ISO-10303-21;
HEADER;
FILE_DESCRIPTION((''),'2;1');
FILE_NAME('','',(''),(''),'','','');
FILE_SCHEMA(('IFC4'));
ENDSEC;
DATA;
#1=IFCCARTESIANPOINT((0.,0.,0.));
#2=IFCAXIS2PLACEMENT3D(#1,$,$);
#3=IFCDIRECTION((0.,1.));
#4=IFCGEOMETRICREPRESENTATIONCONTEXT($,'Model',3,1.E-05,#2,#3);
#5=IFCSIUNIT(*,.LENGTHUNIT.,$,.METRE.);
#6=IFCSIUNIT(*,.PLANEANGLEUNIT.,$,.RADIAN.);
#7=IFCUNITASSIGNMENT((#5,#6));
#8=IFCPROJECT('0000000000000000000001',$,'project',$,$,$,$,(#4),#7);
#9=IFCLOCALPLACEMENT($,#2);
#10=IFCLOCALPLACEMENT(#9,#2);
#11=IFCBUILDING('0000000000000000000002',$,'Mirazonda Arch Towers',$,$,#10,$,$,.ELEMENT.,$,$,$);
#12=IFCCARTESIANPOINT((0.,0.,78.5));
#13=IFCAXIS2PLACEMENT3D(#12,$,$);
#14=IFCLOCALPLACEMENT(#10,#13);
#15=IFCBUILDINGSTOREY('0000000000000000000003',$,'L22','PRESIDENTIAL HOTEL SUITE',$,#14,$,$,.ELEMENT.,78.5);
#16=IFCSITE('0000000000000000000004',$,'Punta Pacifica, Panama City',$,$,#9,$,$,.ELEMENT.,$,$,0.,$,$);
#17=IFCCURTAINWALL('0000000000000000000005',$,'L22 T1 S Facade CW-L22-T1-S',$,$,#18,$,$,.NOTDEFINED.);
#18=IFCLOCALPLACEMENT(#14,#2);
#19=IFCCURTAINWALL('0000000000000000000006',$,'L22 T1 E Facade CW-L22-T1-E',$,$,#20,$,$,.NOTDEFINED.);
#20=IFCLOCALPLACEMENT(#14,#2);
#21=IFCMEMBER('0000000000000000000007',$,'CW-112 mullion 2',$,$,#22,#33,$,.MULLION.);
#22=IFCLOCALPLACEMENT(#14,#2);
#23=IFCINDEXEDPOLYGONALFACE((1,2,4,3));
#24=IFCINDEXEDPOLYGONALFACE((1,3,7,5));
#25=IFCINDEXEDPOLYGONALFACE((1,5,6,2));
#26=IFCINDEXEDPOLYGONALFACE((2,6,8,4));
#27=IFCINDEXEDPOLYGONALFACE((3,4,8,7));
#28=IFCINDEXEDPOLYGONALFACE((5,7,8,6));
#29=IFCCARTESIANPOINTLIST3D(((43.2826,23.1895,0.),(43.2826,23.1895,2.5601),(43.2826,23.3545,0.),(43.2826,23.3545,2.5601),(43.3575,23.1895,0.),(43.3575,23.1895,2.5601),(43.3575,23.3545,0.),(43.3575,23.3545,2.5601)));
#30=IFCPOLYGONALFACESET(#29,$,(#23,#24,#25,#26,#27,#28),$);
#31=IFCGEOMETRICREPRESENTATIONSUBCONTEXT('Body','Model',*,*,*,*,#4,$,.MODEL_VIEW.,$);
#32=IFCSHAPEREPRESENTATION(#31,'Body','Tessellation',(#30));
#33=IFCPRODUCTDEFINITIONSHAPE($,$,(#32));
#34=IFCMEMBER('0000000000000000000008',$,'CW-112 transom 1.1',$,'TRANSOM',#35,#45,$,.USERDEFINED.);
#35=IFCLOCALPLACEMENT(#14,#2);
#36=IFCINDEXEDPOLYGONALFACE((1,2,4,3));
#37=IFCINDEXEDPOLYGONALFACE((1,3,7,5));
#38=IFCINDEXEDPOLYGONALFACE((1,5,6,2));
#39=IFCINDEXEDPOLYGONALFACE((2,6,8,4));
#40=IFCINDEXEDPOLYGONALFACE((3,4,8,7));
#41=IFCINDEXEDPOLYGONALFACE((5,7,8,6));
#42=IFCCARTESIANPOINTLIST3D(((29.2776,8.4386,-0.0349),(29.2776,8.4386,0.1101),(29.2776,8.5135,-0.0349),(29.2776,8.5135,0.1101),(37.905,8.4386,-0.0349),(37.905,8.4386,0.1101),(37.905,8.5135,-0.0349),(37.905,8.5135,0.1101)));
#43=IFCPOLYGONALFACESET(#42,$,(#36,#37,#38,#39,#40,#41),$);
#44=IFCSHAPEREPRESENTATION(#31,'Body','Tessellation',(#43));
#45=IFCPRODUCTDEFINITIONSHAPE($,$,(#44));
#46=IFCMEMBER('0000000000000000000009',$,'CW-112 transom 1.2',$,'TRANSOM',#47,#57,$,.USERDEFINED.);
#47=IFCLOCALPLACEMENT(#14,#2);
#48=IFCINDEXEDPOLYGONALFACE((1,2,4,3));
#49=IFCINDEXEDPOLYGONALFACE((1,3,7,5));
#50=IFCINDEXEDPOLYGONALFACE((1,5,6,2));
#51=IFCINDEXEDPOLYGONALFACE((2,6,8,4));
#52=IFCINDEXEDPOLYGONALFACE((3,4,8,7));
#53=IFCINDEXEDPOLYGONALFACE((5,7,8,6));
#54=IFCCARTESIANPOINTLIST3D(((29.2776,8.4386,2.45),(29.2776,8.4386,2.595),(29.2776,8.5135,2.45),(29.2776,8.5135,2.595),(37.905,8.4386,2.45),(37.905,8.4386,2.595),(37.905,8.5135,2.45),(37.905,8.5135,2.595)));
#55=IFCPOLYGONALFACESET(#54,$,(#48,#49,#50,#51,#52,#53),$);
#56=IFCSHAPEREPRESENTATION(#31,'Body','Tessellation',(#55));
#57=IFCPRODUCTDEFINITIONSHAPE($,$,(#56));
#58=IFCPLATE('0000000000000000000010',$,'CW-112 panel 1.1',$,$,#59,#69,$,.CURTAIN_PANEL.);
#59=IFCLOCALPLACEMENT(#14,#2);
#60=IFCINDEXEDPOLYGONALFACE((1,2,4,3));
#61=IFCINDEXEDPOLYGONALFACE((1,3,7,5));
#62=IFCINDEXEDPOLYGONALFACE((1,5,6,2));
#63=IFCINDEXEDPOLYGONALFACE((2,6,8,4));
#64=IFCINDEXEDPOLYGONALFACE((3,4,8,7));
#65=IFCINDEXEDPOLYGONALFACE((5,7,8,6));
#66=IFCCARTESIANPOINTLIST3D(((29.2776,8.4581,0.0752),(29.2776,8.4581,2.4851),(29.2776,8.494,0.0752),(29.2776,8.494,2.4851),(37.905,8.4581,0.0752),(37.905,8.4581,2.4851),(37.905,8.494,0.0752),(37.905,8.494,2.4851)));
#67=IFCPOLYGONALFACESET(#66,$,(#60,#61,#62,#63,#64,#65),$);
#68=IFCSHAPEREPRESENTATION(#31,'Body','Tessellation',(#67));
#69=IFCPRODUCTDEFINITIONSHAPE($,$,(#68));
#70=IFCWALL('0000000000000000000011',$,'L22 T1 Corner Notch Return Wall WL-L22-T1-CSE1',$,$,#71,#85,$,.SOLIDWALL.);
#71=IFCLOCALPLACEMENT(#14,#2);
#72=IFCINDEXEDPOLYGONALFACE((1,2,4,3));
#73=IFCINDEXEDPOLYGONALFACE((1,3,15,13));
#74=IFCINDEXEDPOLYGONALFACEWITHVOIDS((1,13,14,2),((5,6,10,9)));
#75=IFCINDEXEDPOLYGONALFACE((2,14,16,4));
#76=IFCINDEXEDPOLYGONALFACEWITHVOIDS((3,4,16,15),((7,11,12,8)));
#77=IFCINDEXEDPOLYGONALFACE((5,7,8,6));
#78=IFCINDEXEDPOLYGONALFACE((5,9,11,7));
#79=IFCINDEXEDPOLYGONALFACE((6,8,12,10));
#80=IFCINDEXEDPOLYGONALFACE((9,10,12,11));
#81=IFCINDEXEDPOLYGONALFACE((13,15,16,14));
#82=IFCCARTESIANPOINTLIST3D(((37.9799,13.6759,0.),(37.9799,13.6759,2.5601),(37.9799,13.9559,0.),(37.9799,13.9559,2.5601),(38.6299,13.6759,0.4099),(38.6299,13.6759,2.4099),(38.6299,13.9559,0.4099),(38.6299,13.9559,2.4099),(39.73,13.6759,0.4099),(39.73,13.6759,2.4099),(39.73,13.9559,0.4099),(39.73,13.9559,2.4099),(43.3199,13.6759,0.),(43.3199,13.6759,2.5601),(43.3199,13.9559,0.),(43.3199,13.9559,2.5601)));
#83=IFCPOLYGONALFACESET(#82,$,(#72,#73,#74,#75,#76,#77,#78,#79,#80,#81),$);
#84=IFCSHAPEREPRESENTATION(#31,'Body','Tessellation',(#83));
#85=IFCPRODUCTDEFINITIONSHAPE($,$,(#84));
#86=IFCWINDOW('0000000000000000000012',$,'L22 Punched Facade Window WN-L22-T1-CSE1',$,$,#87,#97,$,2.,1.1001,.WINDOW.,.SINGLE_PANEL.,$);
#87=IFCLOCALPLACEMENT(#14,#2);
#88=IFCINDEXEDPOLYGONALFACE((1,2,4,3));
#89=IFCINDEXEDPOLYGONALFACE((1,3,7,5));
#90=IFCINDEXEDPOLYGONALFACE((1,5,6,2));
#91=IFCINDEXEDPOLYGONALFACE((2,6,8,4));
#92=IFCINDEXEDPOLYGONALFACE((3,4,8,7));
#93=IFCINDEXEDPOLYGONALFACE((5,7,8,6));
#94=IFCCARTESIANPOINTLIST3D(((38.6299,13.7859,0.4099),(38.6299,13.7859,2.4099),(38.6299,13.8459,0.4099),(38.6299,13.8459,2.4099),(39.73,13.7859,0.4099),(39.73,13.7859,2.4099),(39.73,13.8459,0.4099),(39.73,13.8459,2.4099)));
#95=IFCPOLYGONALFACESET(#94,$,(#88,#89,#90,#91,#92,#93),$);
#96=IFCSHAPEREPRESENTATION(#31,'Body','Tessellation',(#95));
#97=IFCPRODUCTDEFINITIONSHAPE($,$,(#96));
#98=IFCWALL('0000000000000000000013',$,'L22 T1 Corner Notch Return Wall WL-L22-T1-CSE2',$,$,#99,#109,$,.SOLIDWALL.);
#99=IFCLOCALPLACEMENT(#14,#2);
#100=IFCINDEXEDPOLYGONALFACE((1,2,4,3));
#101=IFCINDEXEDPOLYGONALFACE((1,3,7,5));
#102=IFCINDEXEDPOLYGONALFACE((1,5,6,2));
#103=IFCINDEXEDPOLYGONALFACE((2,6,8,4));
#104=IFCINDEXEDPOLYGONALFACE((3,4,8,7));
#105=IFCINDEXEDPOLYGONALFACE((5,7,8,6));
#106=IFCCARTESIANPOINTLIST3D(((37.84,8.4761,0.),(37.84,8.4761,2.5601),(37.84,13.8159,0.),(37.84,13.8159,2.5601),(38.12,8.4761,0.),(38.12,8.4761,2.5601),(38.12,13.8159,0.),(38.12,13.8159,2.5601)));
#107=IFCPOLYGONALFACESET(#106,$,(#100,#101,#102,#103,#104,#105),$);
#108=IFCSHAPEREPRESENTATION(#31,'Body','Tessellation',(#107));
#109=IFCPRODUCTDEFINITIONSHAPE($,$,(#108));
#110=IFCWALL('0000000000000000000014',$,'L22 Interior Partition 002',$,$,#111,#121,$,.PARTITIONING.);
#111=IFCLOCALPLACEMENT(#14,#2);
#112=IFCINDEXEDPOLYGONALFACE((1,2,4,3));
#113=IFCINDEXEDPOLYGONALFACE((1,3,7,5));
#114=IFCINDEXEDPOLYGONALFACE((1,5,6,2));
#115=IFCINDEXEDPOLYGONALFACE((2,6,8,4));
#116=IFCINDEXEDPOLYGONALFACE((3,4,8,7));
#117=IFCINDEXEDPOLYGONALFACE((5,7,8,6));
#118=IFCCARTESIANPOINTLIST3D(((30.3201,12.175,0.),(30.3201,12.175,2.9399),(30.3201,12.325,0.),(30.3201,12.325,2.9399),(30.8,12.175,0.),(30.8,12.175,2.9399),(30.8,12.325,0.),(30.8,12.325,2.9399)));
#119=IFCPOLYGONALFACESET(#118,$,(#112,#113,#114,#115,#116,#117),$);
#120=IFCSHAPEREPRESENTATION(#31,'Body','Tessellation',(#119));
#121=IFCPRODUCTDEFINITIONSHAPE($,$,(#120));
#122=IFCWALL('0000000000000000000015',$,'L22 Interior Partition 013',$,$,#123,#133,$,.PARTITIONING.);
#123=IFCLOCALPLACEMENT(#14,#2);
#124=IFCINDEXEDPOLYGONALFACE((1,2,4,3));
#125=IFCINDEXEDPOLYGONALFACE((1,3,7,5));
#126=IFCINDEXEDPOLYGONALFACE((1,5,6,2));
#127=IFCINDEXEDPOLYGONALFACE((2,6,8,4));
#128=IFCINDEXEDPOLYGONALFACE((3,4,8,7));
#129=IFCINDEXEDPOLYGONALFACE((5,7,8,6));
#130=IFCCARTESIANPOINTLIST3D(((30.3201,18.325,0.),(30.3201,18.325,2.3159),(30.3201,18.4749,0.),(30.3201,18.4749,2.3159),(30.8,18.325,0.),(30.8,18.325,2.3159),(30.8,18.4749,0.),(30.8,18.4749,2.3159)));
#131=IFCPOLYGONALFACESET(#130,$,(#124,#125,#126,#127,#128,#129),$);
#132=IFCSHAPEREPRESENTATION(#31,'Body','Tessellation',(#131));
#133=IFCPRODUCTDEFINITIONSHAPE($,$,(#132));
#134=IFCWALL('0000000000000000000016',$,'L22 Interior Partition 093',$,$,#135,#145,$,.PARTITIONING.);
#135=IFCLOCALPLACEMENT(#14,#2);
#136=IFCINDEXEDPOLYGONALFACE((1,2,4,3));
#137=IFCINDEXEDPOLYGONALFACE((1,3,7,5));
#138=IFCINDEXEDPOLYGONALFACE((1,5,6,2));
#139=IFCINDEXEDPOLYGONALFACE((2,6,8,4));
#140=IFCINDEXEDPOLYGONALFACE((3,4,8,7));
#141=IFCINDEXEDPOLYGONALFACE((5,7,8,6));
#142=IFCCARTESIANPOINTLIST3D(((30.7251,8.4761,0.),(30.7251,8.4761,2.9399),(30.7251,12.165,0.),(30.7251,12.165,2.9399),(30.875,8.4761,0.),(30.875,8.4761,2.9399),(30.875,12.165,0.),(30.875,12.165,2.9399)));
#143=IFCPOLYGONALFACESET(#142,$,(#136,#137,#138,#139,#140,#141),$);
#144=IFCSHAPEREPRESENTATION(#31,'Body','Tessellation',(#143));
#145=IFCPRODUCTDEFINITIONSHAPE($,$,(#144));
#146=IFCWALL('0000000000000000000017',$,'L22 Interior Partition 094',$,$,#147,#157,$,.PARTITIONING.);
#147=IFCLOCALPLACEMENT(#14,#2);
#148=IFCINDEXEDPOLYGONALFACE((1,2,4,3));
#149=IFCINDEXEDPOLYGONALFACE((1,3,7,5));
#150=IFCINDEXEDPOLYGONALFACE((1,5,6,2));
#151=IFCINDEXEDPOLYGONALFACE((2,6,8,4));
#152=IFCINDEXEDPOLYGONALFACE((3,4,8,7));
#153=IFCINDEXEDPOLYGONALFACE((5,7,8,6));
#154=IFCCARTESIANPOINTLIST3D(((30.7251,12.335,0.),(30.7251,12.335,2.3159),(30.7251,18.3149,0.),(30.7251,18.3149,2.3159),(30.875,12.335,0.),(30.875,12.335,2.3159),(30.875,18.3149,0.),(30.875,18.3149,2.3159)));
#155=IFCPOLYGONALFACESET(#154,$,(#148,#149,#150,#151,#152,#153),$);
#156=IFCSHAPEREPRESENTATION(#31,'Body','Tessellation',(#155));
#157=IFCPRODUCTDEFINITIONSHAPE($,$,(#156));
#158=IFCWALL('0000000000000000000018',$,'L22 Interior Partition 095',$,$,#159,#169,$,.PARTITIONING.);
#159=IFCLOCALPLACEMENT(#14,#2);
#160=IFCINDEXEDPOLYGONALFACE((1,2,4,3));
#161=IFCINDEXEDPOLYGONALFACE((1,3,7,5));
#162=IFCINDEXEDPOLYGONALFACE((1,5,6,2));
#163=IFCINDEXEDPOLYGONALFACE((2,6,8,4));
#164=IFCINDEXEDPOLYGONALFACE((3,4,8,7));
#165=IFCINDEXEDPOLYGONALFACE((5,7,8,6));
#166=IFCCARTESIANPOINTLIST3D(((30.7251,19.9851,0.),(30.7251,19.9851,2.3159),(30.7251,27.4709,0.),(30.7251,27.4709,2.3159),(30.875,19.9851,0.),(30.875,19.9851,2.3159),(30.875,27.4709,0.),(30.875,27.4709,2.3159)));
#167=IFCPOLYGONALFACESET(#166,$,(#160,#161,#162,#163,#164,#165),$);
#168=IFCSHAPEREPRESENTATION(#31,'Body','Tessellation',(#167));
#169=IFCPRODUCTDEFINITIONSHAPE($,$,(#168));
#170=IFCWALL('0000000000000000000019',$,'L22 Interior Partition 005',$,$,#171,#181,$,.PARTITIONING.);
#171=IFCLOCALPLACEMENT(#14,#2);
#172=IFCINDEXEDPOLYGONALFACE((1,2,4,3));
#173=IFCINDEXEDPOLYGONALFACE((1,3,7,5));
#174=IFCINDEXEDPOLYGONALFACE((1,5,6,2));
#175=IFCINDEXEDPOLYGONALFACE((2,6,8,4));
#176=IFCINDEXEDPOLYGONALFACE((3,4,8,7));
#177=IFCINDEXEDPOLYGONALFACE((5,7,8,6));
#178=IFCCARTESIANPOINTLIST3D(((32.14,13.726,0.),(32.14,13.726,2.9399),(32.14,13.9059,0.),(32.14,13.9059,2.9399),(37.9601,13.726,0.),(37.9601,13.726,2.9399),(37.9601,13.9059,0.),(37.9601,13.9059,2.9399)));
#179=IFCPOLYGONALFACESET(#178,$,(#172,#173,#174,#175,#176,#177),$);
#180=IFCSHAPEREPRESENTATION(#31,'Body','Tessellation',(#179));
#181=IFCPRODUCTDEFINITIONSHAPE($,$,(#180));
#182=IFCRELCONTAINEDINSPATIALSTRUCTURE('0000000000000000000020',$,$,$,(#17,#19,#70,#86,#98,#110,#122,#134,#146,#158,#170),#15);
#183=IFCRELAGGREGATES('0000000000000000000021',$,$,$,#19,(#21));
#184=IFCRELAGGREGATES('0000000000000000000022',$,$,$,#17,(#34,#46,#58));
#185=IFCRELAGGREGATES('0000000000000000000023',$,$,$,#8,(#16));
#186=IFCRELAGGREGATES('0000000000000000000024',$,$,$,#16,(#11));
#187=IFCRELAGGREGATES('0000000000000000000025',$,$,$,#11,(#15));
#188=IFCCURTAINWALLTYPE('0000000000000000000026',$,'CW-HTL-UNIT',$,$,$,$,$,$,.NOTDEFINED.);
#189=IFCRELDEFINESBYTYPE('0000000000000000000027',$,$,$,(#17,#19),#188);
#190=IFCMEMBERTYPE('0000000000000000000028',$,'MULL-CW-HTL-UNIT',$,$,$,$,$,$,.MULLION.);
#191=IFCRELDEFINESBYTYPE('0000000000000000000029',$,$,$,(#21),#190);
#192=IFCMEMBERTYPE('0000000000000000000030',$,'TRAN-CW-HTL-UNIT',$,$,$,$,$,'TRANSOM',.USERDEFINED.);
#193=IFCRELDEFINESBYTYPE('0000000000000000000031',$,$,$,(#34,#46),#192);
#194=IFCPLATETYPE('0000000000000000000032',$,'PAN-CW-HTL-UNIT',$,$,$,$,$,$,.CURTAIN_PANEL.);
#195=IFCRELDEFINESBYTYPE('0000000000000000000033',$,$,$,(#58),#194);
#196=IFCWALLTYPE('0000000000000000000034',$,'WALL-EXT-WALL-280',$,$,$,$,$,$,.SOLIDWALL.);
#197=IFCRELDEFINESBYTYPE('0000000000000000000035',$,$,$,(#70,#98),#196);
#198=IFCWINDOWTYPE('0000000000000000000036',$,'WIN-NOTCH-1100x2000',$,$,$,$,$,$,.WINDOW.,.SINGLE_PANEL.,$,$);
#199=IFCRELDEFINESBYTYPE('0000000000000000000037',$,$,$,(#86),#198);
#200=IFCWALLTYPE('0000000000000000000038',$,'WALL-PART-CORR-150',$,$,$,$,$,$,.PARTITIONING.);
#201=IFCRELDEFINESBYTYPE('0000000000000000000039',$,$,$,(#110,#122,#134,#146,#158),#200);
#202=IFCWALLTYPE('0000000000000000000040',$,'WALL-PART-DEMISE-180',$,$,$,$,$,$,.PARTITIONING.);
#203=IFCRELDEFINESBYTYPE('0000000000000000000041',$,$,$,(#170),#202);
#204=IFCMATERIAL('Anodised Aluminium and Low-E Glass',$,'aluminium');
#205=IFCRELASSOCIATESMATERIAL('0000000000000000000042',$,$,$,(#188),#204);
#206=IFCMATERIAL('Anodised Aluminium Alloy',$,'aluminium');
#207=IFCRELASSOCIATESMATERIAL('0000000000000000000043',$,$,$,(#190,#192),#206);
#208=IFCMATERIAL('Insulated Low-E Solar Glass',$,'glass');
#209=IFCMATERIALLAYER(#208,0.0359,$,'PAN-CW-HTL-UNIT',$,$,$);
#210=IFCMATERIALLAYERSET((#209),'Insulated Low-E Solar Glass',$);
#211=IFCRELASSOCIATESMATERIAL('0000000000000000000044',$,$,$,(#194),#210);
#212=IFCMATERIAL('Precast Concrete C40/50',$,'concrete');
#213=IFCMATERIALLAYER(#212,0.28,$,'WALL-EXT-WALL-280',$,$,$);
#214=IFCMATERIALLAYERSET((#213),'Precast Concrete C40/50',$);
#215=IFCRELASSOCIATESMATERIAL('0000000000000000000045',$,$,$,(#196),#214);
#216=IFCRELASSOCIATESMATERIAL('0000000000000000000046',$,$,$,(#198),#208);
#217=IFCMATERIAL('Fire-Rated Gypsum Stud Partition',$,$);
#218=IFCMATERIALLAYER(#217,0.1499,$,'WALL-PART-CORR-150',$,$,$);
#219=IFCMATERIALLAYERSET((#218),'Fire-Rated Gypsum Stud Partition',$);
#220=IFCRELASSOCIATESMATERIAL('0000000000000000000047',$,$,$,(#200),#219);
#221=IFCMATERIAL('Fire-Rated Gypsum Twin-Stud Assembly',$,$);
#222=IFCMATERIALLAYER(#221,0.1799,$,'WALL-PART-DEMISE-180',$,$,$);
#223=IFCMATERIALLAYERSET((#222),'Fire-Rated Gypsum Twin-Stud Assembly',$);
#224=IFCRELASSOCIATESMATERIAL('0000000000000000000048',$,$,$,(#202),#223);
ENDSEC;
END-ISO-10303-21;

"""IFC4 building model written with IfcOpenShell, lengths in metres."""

from ifc_helpers import new_model, si_unit, direction, frame, frame_2d, origin, origin_2d, place, context, subcontext, project, spatial, rectangle, extrude, material, layer, layer_set, material_profile, profile_set, type_object, element, fill, aggregate, save


model = new_model("IFC4")

# Units and contexts
model_context = context("Model", 3, precision=1e-05, world=origin(), true_north=direction((0.0, 1.0)))
body_context = subcontext(model_context, "Body", "Model", "MODEL_VIEW")
ifc_project = project(units=[si_unit("LENGTHUNIT", "METRE"), si_unit("PLANEANGLEUNIT", "RADIAN")], contexts=[model_context])

# Site, building, storey
site_placement = place(None, origin())
site = spatial("IfcSite", under=ifc_project, at=site_placement, Name="Punta Pacifica, Panama City", CompositionType="ELEMENT", RefElevation=0.0)
building_placement = place(site_placement, origin())
building = spatial("IfcBuilding", under=site, at=building_placement, Name="Mirazonda Arch Towers", CompositionType="ELEMENT")
storey_placement = place(building_placement, frame((0.0, 0.0, 78.5)))
storey = spatial("IfcBuildingStorey", under=building, at=storey_placement, Name="L22", Description="PRESIDENTIAL HOTEL SUITE", CompositionType="ELEMENT", Elevation=78.5)

# Curtain wall
ifc_material_1 = material(Name="Anodised Aluminium and Low-E Glass", Category="aluminium")
curtain_wall_type = type_object("IfcCurtainWallType", Name="CW-HTL-UNIT", PredefinedType="NOTDEFINED", material=ifc_material_1)
curtain_wall_1_placement = place(storey_placement, origin())
curtain_wall_1 = element("IfcCurtainWall", 1, at=curtain_wall_1_placement, inside=storey, type_object=curtain_wall_type, Name="L22 T1 S Facade CW-L22-T1-S", PredefinedType="NOTDEFINED")
ifc_material_2 = material(Name="Anodised Aluminium Alloy", Category="aluminium")
ifc_material_profile_1 = material_profile(ifc_material_2, rectangle(XDim=0.075, YDim=0.165, at=origin_2d()), Name="ALU-MULL-75x165")
ifc_profile_set_1 = profile_set([ifc_material_profile_1], Name="Anodised Aluminium Alloy")
member_type_1 = type_object("IfcMemberType", Name="MULL-CW-HTL-UNIT", PredefinedType="MULLION", material=ifc_profile_set_1)

# Curtain wall, member
curtain_wall_2_placement = place(storey_placement, origin())
curtain_wall_2 = element("IfcCurtainWall", 2, at=curtain_wall_2_placement, inside=storey, type_object=curtain_wall_type, Name="L22 T1 E Facade CW-L22-T1-E", PredefinedType="NOTDEFINED")
member_1_placement = place(storey_placement, frame((43.3201, 23.272, 0.0), z_axis=(0.0, 0.0, 1.0), x_axis=(-1.0, 0.0, 0.0)))
member_1 = element("IfcMember", 3, at=member_1_placement, type_object=member_type_1, Name="CW-112 mullion 2", PredefinedType="MULLION", context=body_context, shape_type="SweptSolid", body=[
    extrude(rectangle(XDim=0.075, YDim=0.165, at=origin_2d()), origin(), (0.0, 0.0, 1.0), 2.5601),
])
aggregate(curtain_wall_2, [member_1])

# Members
ifc_material_profile_2 = material_profile(ifc_material_2, rectangle(XDim=0.075, YDim=0.145, at=origin_2d()), Name="ALU-TRAN-75x145")
ifc_profile_set_2 = profile_set([ifc_material_profile_2], Name="Anodised Aluminium Alloy")
member_type_2 = type_object("IfcMemberType", Name="TRAN-CW-HTL-UNIT", ElementType="TRANSOM", PredefinedType="USERDEFINED", material=ifc_profile_set_2)
member_2_placement = place(storey_placement, frame((37.905, 8.4761, 0.0376), z_axis=(-1.0, 0.0, 0.0), x_axis=(0.0, -1.0, 0.0)))
member_2 = element("IfcMember", 4, at=member_2_placement, type_object=member_type_2, Name="CW-112 transom 1.1", ObjectType="TRANSOM", PredefinedType="USERDEFINED", context=body_context, shape_type="SweptSolid", body=[
    extrude(rectangle(XDim=0.075, YDim=0.145, at=origin_2d()), origin(), (0.0, 0.0, 1.0), 8.6274),
])
member_3_placement = place(storey_placement, frame((37.905, 8.4761, 2.5225), z_axis=(-1.0, 0.0, 0.0), x_axis=(0.0, -1.0, 0.0)))
member_3 = element("IfcMember", 5, at=member_3_placement, type_object=member_type_2, Name="CW-112 transom 1.2", ObjectType="TRANSOM", PredefinedType="USERDEFINED", context=body_context, shape_type="SweptSolid", body=[
    extrude(rectangle(XDim=0.075, YDim=0.145, at=origin_2d()), origin(), (0.0, 0.0, 1.0), 8.6274),
])

# Plate
ifc_material_3 = material(Name="Insulated Low-E Solar Glass", Category="glass")
ifc_layer_1 = layer(ifc_material_3, 0.0359, Name="PAN-CW-HTL-UNIT")
ifc_layer_set_1 = layer_set([ifc_layer_1], Name="Insulated Low-E Solar Glass")
plate_type = type_object("IfcPlateType", Name="PAN-CW-HTL-UNIT", PredefinedType="CURTAIN_PANEL", material=ifc_layer_set_1)
plate_placement = place(storey_placement, frame((33.5913, 8.4761, 0.0752), z_axis=(0.0, 0.0, 1.0), x_axis=(-1.0, 0.0, 0.0)))
plate = element("IfcPlate", 6, at=plate_placement, type_object=plate_type, Name="CW-112 panel 1.1", PredefinedType="CURTAIN_PANEL", context=body_context, shape_type="SweptSolid", body=[
    extrude(rectangle(XDim=8.6274, YDim=0.0359, at=origin_2d()), origin(), (0.0, 0.0, 1.0), 2.4099),
])
aggregate(curtain_wall_1, [member_2, member_3, plate])

# Wall, opening, window
ifc_material_4 = material(Name="Precast Concrete C40/50", Category="concrete")
ifc_layer_2 = layer(ifc_material_4, 0.28, Name="WALL-EXT-WALL-280")
ifc_layer_set_2 = layer_set([ifc_layer_2], Name="Precast Concrete C40/50")
wall_type_1 = type_object("IfcWallType", Name="WALL-EXT-WALL-280", PredefinedType="SOLIDWALL", material=ifc_layer_set_2)
wall_1_placement = place(storey_placement, frame((37.98, 13.8159, 0.0), z_axis=(0.0, 0.0, 1.0), x_axis=(1.0, 0.0, 0.0)))
wall_1 = element("IfcWall", 7, at=wall_1_placement, inside=storey, type_object=wall_type_1, Name="L22 T1 Corner Notch Return Wall WL-L22-T1-CSE1", PredefinedType="SOLIDWALL", context=body_context, shape_type="SweptSolid", body=[
    extrude(rectangle(XDim=5.3401, YDim=0.28, at=frame_2d((2.6699, 0.0))), origin(), (0.0, 0.0, 1.0), 2.5601),
])
opening_1_placement = place(wall_1_placement, frame((0.6499, 0.0, 0.4099)))
opening_1 = element("IfcOpeningElement", 8, at=opening_1_placement, cuts=wall_1, PredefinedType="OPENING", context=body_context, shape_type="SweptSolid", body=[
    extrude(rectangle(XDim=1.1001, YDim=2.0, at=frame_2d((0.55, 1.0))), frame((0.0, 0.1499, 0.0), z_axis=(0.0, -1.0, 0.0), x_axis=(1.0, 0.0, 0.0)), (0.0, 0.0, 1.0), 0.3),
])
window_type = type_object("IfcWindowType", Name="WIN-NOTCH-1100x2000", PartitioningType="SINGLE_PANEL", PredefinedType="WINDOW", material=ifc_material_3)
window_placement = place(opening_1_placement, origin())
window = element("IfcWindow", 9, at=window_placement, inside=storey, type_object=window_type, Name="L22 Punched Facade Window WN-L22-T1-CSE1", OverallHeight=2.0, OverallWidth=1.1001, PartitioningType="SINGLE_PANEL", PredefinedType="WINDOW", context=body_context, shape_type="SweptSolid", body=[
    extrude(rectangle(XDim=1.1001, YDim=2.0, at=frame_2d((0.55, 1.0))), frame((0.0, 0.03, 0.0), z_axis=(0.0, -1.0, 0.0), x_axis=(1.0, 0.0, 0.0)), (0.0, 0.0, 1.0), 0.0601),
])
fill(opening_1, window)

# Walls
wall_2_placement = place(storey_placement, frame((37.98, 8.4761, 0.0), z_axis=(0.0, 0.0, 1.0), x_axis=(0.0, 1.0, 0.0)))
element("IfcWall", 10, at=wall_2_placement, inside=storey, type_object=wall_type_1, Name="L22 T1 Corner Notch Return Wall WL-L22-T1-CSE2", PredefinedType="SOLIDWALL", context=body_context, shape_type="SweptSolid", body=[
    extrude(rectangle(XDim=5.3398, YDim=0.28, at=frame_2d((2.6699, 0.0))), origin(), (0.0, 0.0, 1.0), 2.5601),
])
ifc_material_5 = material(Name="Fire-Rated Gypsum Stud Partition")
ifc_layer_3 = layer(ifc_material_5, 0.1499, Name="WALL-PART-CORR-150")
ifc_layer_set_3 = layer_set([ifc_layer_3], Name="Fire-Rated Gypsum Stud Partition")
wall_type_2 = type_object("IfcWallType", Name="WALL-PART-CORR-150", PredefinedType="PARTITIONING", material=ifc_layer_set_3)
wall_3_placement = place(storey_placement, frame((30.3201, 12.25, 0.0), z_axis=(0.0, 0.0, 1.0), x_axis=(1.0, 0.0, 0.0)))
element("IfcWall", 11, at=wall_3_placement, inside=storey, type_object=wall_type_2, Name="L22 Interior Partition 002", PredefinedType="PARTITIONING", context=body_context, shape_type="SweptSolid", body=[
    extrude(rectangle(XDim=0.48, YDim=0.1499, at=frame_2d((0.24, 0.0))), origin(), (0.0, 0.0, 1.0), 2.9399),
])
wall_4_placement = place(storey_placement, frame((30.3201, 18.3999, 0.0), z_axis=(0.0, 0.0, 1.0), x_axis=(1.0, 0.0, 0.0)))
element("IfcWall", 12, at=wall_4_placement, inside=storey, type_object=wall_type_2, Name="L22 Interior Partition 013", PredefinedType="PARTITIONING", context=body_context, shape_type="SweptSolid", body=[
    extrude(rectangle(XDim=0.48, YDim=0.1499, at=frame_2d((0.24, 0.0))), origin(), (0.0, 0.0, 1.0), 2.3159),
])
wall_5_placement = place(storey_placement, frame((30.8, 8.4761, 0.0), z_axis=(0.0, 0.0, 1.0), x_axis=(0.0, 1.0, 0.0)))
element("IfcWall", 13, at=wall_5_placement, inside=storey, type_object=wall_type_2, Name="L22 Interior Partition 093", PredefinedType="PARTITIONING", context=body_context, shape_type="SweptSolid", body=[
    extrude(rectangle(XDim=3.689, YDim=0.1499, at=frame_2d((1.8445, 0.0))), origin(), (0.0, 0.0, 1.0), 2.9399),
])
wall_6_placement = place(storey_placement, frame((30.8, 12.335, 0.0), z_axis=(0.0, 0.0, 1.0), x_axis=(0.0, 1.0, 0.0)))
element("IfcWall", 14, at=wall_6_placement, inside=storey, type_object=wall_type_2, Name="L22 Interior Partition 094", PredefinedType="PARTITIONING", context=body_context, shape_type="SweptSolid", body=[
    extrude(rectangle(XDim=5.98, YDim=0.1499, at=frame_2d((2.99, 0.0))), origin(), (0.0, 0.0, 1.0), 2.3159),
])
wall_7_placement = place(storey_placement, frame((30.8, 19.9851, 0.0), z_axis=(0.0, 0.0, 1.0), x_axis=(0.0, 1.0, 0.0)))
element("IfcWall", 15, at=wall_7_placement, inside=storey, type_object=wall_type_2, Name="L22 Interior Partition 095", PredefinedType="PARTITIONING", context=body_context, shape_type="SweptSolid", body=[
    extrude(rectangle(XDim=7.4858, YDim=0.1499, at=frame_2d((3.7429, 0.0))), origin(), (0.0, 0.0, 1.0), 2.3159),
])
ifc_material_6 = material(Name="Fire-Rated Gypsum Twin-Stud Assembly")
ifc_layer_4 = layer(ifc_material_6, 0.1799, Name="WALL-PART-DEMISE-180")
ifc_layer_set_4 = layer_set([ifc_layer_4], Name="Fire-Rated Gypsum Twin-Stud Assembly")
wall_type_3 = type_object("IfcWallType", Name="WALL-PART-DEMISE-180", PredefinedType="PARTITIONING", material=ifc_layer_set_4)
wall_8_placement = place(storey_placement, frame((32.1399, 13.8159, 0.0), z_axis=(0.0, 0.0, 1.0), x_axis=(1.0, 0.0, 0.0)))
element("IfcWall", 16, at=wall_8_placement, inside=storey, type_object=wall_type_3, Name="L22 Interior Partition 005", PredefinedType="PARTITIONING", context=body_context, shape_type="SweptSolid", body=[
    extrude(rectangle(XDim=5.8201, YDim=0.1799, at=frame_2d((2.9102, 0.0))), origin(), (0.0, 0.0, 1.0), 2.9399),
])

save(model, "model.ifc")
